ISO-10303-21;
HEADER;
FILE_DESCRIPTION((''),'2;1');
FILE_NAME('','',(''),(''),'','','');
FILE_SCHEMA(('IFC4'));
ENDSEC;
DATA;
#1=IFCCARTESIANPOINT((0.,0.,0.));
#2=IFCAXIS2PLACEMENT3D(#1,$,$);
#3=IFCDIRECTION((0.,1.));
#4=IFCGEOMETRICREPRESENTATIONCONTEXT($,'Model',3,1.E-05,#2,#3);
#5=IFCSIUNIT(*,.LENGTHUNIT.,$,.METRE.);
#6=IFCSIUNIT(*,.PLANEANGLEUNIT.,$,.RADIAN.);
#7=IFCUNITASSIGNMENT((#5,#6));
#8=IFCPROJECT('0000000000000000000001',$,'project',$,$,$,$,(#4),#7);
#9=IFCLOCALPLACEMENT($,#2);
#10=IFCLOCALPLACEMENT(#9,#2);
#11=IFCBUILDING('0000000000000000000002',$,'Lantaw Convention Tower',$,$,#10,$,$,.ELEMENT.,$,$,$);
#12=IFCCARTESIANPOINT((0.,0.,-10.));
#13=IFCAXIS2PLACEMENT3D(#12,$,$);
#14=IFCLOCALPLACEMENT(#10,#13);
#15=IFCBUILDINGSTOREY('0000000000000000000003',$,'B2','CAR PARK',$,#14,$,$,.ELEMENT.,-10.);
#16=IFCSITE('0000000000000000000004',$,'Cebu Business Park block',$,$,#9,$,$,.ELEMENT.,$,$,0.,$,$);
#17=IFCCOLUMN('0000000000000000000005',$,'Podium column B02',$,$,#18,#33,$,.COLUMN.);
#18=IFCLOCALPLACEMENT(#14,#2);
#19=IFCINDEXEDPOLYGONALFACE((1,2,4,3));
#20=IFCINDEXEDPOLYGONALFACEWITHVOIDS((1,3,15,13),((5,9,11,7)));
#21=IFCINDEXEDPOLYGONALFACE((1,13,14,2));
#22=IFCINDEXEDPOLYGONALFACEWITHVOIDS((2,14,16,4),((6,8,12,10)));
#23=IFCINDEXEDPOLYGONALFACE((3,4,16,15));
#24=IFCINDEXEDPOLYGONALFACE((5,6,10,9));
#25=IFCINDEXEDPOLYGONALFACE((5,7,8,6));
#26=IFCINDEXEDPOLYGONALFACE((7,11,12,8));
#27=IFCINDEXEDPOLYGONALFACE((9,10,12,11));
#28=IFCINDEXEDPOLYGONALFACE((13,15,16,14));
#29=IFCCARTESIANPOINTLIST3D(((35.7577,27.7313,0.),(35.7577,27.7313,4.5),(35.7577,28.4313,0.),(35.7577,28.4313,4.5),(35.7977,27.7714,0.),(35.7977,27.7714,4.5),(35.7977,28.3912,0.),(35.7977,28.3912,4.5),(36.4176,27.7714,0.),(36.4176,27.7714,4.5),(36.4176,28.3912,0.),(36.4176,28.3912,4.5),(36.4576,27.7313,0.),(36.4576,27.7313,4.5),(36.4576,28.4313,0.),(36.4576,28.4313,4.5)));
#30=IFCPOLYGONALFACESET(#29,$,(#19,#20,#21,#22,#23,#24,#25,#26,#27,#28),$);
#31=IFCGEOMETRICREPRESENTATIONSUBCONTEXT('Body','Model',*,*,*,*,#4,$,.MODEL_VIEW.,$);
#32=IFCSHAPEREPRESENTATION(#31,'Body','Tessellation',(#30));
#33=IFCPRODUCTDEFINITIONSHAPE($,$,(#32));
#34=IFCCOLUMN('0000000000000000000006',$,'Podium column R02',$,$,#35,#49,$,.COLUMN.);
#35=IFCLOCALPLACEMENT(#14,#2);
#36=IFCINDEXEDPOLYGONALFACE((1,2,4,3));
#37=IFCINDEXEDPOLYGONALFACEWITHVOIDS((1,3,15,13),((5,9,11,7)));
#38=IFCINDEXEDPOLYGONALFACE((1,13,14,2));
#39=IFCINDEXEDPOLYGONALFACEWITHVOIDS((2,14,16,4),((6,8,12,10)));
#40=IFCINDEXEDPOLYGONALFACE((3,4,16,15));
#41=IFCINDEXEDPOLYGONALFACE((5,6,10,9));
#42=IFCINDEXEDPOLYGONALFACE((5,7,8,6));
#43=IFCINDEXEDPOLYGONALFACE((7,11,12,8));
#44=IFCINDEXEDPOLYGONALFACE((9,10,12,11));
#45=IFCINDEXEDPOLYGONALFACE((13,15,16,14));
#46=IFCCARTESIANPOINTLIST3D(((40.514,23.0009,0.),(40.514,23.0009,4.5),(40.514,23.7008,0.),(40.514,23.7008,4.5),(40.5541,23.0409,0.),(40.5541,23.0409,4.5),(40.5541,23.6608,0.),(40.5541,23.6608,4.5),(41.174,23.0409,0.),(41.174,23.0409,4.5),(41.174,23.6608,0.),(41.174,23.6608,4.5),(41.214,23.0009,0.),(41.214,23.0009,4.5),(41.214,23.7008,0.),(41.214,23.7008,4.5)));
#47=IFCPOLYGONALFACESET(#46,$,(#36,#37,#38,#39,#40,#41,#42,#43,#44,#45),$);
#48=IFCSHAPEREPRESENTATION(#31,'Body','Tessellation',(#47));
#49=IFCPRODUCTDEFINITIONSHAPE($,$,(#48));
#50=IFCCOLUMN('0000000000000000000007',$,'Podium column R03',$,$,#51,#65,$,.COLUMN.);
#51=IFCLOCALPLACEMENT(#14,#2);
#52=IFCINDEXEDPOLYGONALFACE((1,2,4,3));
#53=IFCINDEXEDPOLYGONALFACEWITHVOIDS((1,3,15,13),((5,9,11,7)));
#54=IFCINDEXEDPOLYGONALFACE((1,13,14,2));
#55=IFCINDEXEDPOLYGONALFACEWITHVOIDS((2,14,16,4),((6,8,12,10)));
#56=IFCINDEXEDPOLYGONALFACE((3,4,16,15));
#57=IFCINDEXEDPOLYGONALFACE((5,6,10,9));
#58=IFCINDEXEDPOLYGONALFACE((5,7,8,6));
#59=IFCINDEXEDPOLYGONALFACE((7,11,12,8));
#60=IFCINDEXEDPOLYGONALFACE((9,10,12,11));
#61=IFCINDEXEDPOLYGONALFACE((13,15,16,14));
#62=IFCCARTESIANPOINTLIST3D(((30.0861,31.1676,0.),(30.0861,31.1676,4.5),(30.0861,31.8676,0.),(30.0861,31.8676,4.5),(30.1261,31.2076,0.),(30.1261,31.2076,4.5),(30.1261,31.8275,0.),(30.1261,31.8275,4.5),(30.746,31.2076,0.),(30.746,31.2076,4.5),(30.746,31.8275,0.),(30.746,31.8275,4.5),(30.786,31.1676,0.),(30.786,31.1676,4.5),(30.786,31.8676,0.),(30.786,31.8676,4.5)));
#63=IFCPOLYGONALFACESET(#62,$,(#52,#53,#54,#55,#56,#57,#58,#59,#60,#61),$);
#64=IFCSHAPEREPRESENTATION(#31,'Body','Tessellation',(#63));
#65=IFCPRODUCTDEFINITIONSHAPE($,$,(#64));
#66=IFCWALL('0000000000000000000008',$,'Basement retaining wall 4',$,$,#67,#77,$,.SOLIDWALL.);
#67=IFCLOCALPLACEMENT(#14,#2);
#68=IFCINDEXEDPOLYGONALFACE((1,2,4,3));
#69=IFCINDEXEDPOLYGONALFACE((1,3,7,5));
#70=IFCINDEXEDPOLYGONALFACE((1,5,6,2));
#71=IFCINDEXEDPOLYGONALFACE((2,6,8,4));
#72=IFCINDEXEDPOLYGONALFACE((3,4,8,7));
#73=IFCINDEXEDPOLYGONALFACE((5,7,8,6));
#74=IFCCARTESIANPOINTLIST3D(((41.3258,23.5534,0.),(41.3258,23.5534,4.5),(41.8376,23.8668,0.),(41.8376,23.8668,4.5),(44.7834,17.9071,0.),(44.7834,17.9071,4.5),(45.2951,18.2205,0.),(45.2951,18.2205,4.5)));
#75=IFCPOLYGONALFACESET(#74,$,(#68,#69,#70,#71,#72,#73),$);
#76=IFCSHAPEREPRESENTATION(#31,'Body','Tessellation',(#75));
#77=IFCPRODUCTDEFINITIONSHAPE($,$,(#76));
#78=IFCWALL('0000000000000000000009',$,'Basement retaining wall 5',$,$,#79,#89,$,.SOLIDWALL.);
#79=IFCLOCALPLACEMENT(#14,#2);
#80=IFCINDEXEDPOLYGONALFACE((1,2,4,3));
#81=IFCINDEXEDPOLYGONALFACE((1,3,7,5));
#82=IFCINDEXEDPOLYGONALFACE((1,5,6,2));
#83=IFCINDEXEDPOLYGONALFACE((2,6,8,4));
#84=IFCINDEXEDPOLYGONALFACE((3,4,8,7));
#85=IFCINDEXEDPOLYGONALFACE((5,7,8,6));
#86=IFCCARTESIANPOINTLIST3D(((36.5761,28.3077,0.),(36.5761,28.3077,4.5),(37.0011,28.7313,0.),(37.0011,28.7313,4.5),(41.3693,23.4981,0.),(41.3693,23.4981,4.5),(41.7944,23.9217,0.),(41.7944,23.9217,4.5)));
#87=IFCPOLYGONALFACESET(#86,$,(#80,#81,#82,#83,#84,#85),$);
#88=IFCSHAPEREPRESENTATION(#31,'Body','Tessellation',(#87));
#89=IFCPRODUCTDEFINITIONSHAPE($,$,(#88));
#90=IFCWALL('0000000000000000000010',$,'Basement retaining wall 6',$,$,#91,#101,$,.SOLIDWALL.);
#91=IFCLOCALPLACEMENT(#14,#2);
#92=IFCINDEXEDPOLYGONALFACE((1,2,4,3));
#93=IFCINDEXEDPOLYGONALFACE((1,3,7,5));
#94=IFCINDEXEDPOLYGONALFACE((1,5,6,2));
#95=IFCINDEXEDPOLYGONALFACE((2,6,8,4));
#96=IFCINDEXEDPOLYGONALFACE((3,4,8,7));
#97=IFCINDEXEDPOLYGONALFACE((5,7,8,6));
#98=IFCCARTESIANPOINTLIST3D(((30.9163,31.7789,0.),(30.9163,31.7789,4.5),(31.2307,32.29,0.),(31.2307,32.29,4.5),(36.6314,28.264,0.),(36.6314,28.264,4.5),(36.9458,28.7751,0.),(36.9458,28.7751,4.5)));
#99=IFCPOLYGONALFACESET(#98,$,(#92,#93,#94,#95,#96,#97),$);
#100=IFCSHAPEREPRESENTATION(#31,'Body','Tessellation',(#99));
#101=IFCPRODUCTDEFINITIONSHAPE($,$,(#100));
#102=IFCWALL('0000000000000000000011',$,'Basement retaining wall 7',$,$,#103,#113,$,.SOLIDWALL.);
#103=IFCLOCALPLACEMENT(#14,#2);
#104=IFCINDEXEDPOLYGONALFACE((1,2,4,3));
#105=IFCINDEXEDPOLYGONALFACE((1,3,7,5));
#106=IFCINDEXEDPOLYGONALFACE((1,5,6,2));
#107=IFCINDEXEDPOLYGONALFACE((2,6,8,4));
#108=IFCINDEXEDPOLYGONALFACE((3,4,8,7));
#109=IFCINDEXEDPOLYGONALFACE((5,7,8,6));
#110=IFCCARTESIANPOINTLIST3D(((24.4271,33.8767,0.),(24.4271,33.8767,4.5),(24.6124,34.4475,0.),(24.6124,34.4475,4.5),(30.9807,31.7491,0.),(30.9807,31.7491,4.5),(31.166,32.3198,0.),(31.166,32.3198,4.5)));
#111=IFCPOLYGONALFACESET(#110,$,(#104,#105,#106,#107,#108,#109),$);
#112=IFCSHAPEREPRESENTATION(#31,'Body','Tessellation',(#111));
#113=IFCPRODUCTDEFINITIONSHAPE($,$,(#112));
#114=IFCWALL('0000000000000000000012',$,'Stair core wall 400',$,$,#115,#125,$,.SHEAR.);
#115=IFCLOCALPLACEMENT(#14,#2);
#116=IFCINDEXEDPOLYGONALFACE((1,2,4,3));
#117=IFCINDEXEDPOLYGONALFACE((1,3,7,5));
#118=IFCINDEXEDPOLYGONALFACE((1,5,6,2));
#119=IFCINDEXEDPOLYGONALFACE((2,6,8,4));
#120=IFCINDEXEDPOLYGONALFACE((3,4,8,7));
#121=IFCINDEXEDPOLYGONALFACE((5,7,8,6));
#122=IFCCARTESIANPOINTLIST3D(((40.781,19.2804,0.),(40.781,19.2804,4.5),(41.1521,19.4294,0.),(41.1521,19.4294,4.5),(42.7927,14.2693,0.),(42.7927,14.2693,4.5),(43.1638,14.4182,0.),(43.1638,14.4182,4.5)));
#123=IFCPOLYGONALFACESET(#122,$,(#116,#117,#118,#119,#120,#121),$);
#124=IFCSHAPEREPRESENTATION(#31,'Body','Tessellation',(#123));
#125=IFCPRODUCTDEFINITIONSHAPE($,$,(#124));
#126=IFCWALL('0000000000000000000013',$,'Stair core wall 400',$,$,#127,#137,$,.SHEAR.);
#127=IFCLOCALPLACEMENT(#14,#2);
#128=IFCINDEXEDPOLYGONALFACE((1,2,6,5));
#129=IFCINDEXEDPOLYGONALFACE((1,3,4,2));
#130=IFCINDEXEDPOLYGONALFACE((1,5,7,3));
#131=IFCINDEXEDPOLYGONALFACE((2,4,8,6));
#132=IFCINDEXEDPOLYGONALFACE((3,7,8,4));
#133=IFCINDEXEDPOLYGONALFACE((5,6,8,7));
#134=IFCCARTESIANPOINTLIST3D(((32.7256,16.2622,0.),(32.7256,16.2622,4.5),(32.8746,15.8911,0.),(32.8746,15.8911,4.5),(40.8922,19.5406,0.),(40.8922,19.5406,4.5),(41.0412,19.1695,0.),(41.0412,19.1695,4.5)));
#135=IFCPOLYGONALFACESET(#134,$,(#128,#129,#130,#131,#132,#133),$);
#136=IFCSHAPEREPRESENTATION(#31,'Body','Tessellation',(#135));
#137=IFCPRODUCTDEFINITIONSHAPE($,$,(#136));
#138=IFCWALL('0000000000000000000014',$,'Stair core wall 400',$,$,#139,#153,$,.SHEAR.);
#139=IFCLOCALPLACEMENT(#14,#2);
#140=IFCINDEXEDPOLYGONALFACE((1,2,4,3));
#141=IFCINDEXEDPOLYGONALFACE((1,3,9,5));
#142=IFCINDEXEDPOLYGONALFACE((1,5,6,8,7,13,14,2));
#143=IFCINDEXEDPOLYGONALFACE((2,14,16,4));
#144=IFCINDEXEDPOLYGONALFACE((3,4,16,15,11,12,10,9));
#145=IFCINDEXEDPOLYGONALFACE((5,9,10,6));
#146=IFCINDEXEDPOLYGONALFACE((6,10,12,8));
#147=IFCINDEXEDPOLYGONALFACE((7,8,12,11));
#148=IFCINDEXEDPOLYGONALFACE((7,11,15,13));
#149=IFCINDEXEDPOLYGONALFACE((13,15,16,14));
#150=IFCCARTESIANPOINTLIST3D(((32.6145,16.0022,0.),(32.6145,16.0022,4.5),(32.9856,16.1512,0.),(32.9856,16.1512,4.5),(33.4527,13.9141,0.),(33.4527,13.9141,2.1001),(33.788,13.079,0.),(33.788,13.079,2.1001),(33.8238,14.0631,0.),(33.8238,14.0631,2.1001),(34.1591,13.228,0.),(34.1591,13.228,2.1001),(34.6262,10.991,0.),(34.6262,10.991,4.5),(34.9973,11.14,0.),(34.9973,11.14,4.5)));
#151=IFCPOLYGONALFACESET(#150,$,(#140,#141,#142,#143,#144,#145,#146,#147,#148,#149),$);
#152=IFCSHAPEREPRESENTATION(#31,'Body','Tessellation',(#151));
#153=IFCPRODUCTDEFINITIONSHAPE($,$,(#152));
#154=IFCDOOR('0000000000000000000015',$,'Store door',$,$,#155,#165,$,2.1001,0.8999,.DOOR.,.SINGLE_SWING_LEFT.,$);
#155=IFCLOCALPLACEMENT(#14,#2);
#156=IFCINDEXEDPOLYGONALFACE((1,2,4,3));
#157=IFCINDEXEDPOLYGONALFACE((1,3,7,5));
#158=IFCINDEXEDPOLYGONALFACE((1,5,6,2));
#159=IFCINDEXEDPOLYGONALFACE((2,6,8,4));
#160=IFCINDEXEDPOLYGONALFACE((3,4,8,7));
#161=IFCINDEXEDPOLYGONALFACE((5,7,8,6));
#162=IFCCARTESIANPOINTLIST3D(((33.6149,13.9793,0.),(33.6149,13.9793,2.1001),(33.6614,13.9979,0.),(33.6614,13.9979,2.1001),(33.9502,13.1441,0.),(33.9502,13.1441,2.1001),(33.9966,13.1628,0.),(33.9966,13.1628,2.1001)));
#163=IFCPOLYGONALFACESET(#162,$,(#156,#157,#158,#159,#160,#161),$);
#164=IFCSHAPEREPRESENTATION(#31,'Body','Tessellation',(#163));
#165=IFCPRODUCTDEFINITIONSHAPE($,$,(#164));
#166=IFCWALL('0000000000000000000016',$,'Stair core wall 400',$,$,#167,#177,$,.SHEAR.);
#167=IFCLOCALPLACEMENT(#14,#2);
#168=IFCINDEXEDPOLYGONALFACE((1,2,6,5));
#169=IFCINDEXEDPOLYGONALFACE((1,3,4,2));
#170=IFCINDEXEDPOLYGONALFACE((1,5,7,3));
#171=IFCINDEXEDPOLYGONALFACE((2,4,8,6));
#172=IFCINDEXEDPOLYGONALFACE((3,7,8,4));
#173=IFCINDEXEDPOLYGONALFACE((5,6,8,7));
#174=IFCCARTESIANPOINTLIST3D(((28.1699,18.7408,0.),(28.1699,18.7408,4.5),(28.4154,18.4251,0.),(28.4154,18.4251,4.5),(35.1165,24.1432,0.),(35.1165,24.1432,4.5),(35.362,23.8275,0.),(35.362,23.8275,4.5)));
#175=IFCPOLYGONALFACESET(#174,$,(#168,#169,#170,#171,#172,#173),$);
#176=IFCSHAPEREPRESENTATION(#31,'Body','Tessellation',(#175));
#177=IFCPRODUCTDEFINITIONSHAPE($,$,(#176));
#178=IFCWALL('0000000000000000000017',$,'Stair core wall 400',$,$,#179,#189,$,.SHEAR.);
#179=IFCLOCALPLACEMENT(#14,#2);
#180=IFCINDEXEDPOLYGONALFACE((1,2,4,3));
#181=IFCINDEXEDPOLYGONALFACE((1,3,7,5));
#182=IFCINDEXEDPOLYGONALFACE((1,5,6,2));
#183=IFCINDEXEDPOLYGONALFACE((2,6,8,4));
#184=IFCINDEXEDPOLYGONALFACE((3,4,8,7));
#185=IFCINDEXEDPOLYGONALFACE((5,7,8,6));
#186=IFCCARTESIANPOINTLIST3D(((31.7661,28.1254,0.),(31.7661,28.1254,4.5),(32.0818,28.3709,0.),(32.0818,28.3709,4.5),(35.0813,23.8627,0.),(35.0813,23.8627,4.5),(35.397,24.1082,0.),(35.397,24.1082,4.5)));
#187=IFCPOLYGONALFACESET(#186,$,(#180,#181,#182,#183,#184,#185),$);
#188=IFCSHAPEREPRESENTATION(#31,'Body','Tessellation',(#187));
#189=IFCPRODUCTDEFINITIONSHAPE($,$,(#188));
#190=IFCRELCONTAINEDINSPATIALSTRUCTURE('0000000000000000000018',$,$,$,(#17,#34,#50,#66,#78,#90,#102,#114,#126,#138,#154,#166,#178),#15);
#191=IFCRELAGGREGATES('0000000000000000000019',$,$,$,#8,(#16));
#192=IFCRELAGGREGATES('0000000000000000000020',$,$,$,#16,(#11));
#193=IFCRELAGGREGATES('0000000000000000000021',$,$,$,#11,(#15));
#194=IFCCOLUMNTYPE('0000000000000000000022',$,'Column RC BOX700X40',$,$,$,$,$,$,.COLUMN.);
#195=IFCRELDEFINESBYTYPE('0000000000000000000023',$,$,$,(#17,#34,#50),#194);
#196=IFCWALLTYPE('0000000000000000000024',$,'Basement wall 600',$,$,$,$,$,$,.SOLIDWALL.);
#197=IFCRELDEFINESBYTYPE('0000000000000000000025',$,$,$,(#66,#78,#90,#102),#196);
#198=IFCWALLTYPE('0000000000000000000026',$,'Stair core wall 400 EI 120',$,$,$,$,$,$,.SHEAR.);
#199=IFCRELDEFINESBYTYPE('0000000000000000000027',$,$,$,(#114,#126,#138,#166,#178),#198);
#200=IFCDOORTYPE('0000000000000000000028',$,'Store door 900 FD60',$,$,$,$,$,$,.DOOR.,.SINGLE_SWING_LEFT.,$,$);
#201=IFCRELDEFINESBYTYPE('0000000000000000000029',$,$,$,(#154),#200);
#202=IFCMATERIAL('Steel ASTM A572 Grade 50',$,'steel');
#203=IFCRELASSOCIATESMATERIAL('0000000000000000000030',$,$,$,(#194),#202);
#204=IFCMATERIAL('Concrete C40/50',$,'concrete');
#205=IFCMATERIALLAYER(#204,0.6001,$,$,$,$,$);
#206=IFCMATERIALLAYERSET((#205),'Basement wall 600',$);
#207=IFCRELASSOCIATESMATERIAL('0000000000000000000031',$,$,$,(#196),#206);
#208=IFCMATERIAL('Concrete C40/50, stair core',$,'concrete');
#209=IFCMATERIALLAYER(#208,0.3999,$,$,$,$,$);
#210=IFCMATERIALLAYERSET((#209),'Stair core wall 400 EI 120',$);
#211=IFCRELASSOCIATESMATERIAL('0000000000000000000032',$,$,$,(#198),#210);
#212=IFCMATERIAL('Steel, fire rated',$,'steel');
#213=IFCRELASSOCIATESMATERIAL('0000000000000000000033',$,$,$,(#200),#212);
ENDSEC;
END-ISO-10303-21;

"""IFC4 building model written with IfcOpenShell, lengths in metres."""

from ifc_helpers import new_model, si_unit, direction, frame, frame_2d, origin, origin_2d, place, context, subcontext, project, spatial, rectangle, hollow_rectangle, extrude, material, layer, layer_set, material_profile, profile_set, type_object, element, fill, save


model = new_model("IFC4")

# Units and contexts
model_context = context("Model", 3, precision=1e-05, world=origin(), true_north=direction((0.0, 1.0)))
body_context = subcontext(model_context, "Body", "Model", "MODEL_VIEW")
ifc_project = project(units=[si_unit("LENGTHUNIT", "METRE"), si_unit("PLANEANGLEUNIT", "RADIAN")], contexts=[model_context])

# Site, building, storey
site_placement = place(None, origin())
site = spatial("IfcSite", under=ifc_project, at=site_placement, Name="Cebu Business Park block", CompositionType="ELEMENT", RefElevation=0.0)
building_placement = place(site_placement, origin())
building = spatial("IfcBuilding", under=site, at=building_placement, Name="Lantaw Convention Tower", CompositionType="ELEMENT")
storey_placement = place(building_placement, frame((0.0, 0.0, -10.0)))
storey = spatial("IfcBuildingStorey", under=building, at=storey_placement, Name="B2", Description="CAR PARK", CompositionType="ELEMENT", Elevation=-10.0)

# Columns
ifc_material_1 = material(Name="Steel ASTM A572 Grade 50", Category="steel")
ifc_material_profile_1 = material_profile(ifc_material_1, hollow_rectangle(XDim=0.7, YDim=0.7, WallThickness=0.04, at=origin_2d()), Name="BOX700X40")
ifc_profile_set_1 = profile_set([ifc_material_profile_1], Name="Steel ASTM A572 Grade 50")
column_type = type_object("IfcColumnType", Name="Column RC BOX700X40", PredefinedType="COLUMN", material=ifc_profile_set_1)
for number, where, z_axis, x_axis, name in (
    (1, (36.1077, 28.0813, 0.0), (0.0, 0.0, 1.0), (1.0, 0.0, 0.0), "Podium column B02"),
    (2, (40.864, 23.3508, 0.0), (0.0, 0.0, 1.0), (1.0, 0.0, 0.0), "Podium column R02"),
    (3, (30.436, 31.5176, 0.0), (0.0, 0.0, 1.0), (1.0, 0.0, 0.0), "Podium column R03"),
):
    element("IfcColumn", number, at=place(storey_placement, frame(where, z_axis=z_axis, x_axis=x_axis)), inside=storey, type_object=column_type, Name=name, PredefinedType="COLUMN", context=body_context, shape_type="SweptSolid", body=[
        extrude(hollow_rectangle(XDim=0.7, YDim=0.7, WallThickness=0.04, at=origin_2d()), origin(), (0.0, 0.0, 1.0), 4.5),
    ])

# Walls
ifc_material_2 = material(Name="Concrete C40/50", Category="concrete")
ifc_layer_1 = layer(ifc_material_2, 0.6001)
ifc_layer_set_1 = layer_set([ifc_layer_1], Name="Basement wall 600")
wall_type_1 = type_object("IfcWallType", Name="Basement wall 600", PredefinedType="SOLIDWALL", material=ifc_layer_set_1)
wall_1_placement = place(storey_placement, frame((45.0393, 18.0637, 0.0), z_axis=(0.0, 0.0, 1.0), x_axis=(-0.522224, 0.852808, 0.0)))
element("IfcWall", 4, at=wall_1_placement, inside=storey, type_object=wall_type_1, Name="Basement retaining wall 4", PredefinedType="SOLIDWALL", context=body_context, shape_type="SweptSolid", body=[
    extrude(rectangle(XDim=6.6208, YDim=0.6001, at=frame_2d((3.3105, 0.0))), origin(), (0.0, 0.0, 1.0), 4.5),
])
wall_2_placement = place(storey_placement, frame((41.5818, 23.71, 0.0), z_axis=(0.0, 0.0, 1.0), x_axis=(-0.705901, 0.70831, 0.0)))
element("IfcWall", 5, at=wall_2_placement, inside=storey, type_object=wall_type_1, Name="Basement retaining wall 5", PredefinedType="SOLIDWALL", context=body_context, shape_type="SweptSolid", body=[
    extrude(rectangle(XDim=6.7903, YDim=0.6001, at=frame_2d((3.395, 0.0))), origin(), (0.0, 0.0, 1.0), 4.5),
])
wall_3_placement = place(storey_placement, frame((36.7886, 28.5195, 0.0), z_axis=(0.0, 0.0, 1.0), x_axis=(-0.851797, 0.523872, 0.0)))
element("IfcWall", 6, at=wall_3_placement, inside=storey, type_object=wall_type_1, Name="Basement retaining wall 6", PredefinedType="SOLIDWALL", context=body_context, shape_type="SweptSolid", body=[
    extrude(rectangle(XDim=6.7095, YDim=0.6001, at=frame_2d((3.3547, 0.0))), origin(), (0.0, 0.0, 1.0), 4.5),
])
wall_4_placement = place(storey_placement, frame((31.0735, 32.0344, 0.0), z_axis=(0.0, 0.0, 1.0), x_axis=(-0.951131, 0.308788, 0.0)))
element("IfcWall", 7, at=wall_4_placement, inside=storey, type_object=wall_type_1, Name="Basement retaining wall 7", PredefinedType="SOLIDWALL", context=body_context, shape_type="SweptSolid", body=[
    extrude(rectangle(XDim=6.8904, YDim=0.6001, at=frame_2d((3.4453, 0.0))), origin(), (0.0, 0.0, 1.0), 4.5),
])
ifc_material_3 = material(Name="Concrete C40/50, stair core", Category="concrete")
ifc_layer_2 = layer(ifc_material_3, 0.3999)
ifc_layer_set_2 = layer_set([ifc_layer_2], Name="Stair core wall 400 EI 120")
wall_type_2 = type_object("IfcWallType", Name="Stair core wall 400 EI 120", PredefinedType="SHEAR", material=ifc_layer_set_2)
wall_5_placement = place(storey_placement, frame((42.9783, 14.3438, 0.0), z_axis=(0.0, 0.0, 1.0), x_axis=(-0.372544, 0.928015, 0.0)))
element("IfcWall", 8, at=wall_5_placement, inside=storey, type_object=wall_type_2, Name="Stair core wall 400", PredefinedType="SHEAR", context=body_context, shape_type="SweptSolid", body=[
    extrude(rectangle(XDim=5.3999, YDim=0.3999, at=frame_2d((2.7, 0.0))), origin(), (0.0, 0.0, 1.0), 4.5),
])
wall_6_placement = place(storey_placement, frame((40.9666, 19.355, 0.0), z_axis=(0.0, 0.0, 1.0), x_axis=(-0.928017, -0.372538, 0.0)))
element("IfcWall", 9, at=wall_6_placement, inside=storey, type_object=wall_type_2, Name="Stair core wall 400", PredefinedType="SHEAR", context=body_context, shape_type="SweptSolid", body=[
    extrude(rectangle(XDim=8.8, YDim=0.3999, at=frame_2d((4.3999, 0.0))), origin(), (0.0, 0.0, 1.0), 4.5),
])

# Wall, opening, door
wall_7_placement = place(storey_placement, frame((32.8, 16.0767, 0.0), z_axis=(0.0, 0.0, 1.0), x_axis=(0.372544, -0.928015, 0.0)))
wall_7 = element("IfcWall", 10, at=wall_7_placement, inside=storey, type_object=wall_type_2, Name="Stair core wall 400", PredefinedType="SHEAR", context=body_context, shape_type="SweptSolid", body=[
    extrude(rectangle(XDim=5.3999, YDim=0.3999, at=frame_2d((2.7, 0.0))), origin(), (0.0, 0.0, 1.0), 4.5),
])
opening_placement = place(wall_7_placement, frame((2.25, 0.0, 0.0)))
opening = element("IfcOpeningElement", 11, at=opening_placement, cuts=wall_7, PredefinedType="OPENING", context=body_context, shape_type="SweptSolid", body=[
    extrude(rectangle(XDim=0.8999, YDim=2.1001, at=frame_2d((0.45, 1.05))), frame((0.0, 0.21, 0.0), z_axis=(0.0, -1.0, 0.0), x_axis=(1.0, 0.0, 0.0)), (0.0, 0.0, 1.0), 0.4199),
])
ifc_material_4 = material(Name="Steel, fire rated", Category="steel")
door_type = type_object("IfcDoorType", Name="Store door 900 FD60", OperationType="SINGLE_SWING_LEFT", PredefinedType="DOOR", material=ifc_material_4)
door_placement = place(opening_placement, origin())
door = element("IfcDoor", 12, at=door_placement, inside=storey, type_object=door_type, Name="Store door", OperationType="SINGLE_SWING_LEFT", OverallHeight=2.1001, OverallWidth=0.8999, PredefinedType="DOOR", context=body_context, shape_type="SweptSolid", body=[
    extrude(rectangle(XDim=0.8999, YDim=2.1001, at=frame_2d((0.45, 1.05))), frame((0.0, 0.0249, 0.0), z_axis=(0.0, -1.0, 0.0), x_axis=(1.0, 0.0, 0.0)), (0.0, 0.0, 1.0), 0.05),
])
fill(opening, door)

# Walls
wall_8_placement = place(storey_placement, frame((28.2927, 18.583, 0.0), z_axis=(0.0, 0.0, 1.0), x_axis=(0.789381, 0.613904, 0.0)))
element("IfcWall", 13, at=wall_8_placement, inside=storey, type_object=wall_type_2, Name="Stair core wall 400", PredefinedType="SHEAR", context=body_context, shape_type="SweptSolid", body=[
    extrude(rectangle(XDim=8.8, YDim=0.3999, at=frame_2d((4.3999, 0.0))), origin(), (0.0, 0.0, 1.0), 4.5),
])
wall_9_placement = place(storey_placement, frame((35.2393, 23.9854, 0.0), z_axis=(0.0, 0.0, 1.0), x_axis=(-0.613912, 0.789374, 0.0)))
element("IfcWall", 14, at=wall_9_placement, inside=storey, type_object=wall_type_2, Name="Stair core wall 400", PredefinedType="SHEAR", context=body_context, shape_type="SweptSolid", body=[
    extrude(rectangle(XDim=5.4001, YDim=0.3999, at=frame_2d((2.7002, 0.0))), origin(), (0.0, 0.0, 1.0), 4.5),
])

save(model, "model.ifc")
